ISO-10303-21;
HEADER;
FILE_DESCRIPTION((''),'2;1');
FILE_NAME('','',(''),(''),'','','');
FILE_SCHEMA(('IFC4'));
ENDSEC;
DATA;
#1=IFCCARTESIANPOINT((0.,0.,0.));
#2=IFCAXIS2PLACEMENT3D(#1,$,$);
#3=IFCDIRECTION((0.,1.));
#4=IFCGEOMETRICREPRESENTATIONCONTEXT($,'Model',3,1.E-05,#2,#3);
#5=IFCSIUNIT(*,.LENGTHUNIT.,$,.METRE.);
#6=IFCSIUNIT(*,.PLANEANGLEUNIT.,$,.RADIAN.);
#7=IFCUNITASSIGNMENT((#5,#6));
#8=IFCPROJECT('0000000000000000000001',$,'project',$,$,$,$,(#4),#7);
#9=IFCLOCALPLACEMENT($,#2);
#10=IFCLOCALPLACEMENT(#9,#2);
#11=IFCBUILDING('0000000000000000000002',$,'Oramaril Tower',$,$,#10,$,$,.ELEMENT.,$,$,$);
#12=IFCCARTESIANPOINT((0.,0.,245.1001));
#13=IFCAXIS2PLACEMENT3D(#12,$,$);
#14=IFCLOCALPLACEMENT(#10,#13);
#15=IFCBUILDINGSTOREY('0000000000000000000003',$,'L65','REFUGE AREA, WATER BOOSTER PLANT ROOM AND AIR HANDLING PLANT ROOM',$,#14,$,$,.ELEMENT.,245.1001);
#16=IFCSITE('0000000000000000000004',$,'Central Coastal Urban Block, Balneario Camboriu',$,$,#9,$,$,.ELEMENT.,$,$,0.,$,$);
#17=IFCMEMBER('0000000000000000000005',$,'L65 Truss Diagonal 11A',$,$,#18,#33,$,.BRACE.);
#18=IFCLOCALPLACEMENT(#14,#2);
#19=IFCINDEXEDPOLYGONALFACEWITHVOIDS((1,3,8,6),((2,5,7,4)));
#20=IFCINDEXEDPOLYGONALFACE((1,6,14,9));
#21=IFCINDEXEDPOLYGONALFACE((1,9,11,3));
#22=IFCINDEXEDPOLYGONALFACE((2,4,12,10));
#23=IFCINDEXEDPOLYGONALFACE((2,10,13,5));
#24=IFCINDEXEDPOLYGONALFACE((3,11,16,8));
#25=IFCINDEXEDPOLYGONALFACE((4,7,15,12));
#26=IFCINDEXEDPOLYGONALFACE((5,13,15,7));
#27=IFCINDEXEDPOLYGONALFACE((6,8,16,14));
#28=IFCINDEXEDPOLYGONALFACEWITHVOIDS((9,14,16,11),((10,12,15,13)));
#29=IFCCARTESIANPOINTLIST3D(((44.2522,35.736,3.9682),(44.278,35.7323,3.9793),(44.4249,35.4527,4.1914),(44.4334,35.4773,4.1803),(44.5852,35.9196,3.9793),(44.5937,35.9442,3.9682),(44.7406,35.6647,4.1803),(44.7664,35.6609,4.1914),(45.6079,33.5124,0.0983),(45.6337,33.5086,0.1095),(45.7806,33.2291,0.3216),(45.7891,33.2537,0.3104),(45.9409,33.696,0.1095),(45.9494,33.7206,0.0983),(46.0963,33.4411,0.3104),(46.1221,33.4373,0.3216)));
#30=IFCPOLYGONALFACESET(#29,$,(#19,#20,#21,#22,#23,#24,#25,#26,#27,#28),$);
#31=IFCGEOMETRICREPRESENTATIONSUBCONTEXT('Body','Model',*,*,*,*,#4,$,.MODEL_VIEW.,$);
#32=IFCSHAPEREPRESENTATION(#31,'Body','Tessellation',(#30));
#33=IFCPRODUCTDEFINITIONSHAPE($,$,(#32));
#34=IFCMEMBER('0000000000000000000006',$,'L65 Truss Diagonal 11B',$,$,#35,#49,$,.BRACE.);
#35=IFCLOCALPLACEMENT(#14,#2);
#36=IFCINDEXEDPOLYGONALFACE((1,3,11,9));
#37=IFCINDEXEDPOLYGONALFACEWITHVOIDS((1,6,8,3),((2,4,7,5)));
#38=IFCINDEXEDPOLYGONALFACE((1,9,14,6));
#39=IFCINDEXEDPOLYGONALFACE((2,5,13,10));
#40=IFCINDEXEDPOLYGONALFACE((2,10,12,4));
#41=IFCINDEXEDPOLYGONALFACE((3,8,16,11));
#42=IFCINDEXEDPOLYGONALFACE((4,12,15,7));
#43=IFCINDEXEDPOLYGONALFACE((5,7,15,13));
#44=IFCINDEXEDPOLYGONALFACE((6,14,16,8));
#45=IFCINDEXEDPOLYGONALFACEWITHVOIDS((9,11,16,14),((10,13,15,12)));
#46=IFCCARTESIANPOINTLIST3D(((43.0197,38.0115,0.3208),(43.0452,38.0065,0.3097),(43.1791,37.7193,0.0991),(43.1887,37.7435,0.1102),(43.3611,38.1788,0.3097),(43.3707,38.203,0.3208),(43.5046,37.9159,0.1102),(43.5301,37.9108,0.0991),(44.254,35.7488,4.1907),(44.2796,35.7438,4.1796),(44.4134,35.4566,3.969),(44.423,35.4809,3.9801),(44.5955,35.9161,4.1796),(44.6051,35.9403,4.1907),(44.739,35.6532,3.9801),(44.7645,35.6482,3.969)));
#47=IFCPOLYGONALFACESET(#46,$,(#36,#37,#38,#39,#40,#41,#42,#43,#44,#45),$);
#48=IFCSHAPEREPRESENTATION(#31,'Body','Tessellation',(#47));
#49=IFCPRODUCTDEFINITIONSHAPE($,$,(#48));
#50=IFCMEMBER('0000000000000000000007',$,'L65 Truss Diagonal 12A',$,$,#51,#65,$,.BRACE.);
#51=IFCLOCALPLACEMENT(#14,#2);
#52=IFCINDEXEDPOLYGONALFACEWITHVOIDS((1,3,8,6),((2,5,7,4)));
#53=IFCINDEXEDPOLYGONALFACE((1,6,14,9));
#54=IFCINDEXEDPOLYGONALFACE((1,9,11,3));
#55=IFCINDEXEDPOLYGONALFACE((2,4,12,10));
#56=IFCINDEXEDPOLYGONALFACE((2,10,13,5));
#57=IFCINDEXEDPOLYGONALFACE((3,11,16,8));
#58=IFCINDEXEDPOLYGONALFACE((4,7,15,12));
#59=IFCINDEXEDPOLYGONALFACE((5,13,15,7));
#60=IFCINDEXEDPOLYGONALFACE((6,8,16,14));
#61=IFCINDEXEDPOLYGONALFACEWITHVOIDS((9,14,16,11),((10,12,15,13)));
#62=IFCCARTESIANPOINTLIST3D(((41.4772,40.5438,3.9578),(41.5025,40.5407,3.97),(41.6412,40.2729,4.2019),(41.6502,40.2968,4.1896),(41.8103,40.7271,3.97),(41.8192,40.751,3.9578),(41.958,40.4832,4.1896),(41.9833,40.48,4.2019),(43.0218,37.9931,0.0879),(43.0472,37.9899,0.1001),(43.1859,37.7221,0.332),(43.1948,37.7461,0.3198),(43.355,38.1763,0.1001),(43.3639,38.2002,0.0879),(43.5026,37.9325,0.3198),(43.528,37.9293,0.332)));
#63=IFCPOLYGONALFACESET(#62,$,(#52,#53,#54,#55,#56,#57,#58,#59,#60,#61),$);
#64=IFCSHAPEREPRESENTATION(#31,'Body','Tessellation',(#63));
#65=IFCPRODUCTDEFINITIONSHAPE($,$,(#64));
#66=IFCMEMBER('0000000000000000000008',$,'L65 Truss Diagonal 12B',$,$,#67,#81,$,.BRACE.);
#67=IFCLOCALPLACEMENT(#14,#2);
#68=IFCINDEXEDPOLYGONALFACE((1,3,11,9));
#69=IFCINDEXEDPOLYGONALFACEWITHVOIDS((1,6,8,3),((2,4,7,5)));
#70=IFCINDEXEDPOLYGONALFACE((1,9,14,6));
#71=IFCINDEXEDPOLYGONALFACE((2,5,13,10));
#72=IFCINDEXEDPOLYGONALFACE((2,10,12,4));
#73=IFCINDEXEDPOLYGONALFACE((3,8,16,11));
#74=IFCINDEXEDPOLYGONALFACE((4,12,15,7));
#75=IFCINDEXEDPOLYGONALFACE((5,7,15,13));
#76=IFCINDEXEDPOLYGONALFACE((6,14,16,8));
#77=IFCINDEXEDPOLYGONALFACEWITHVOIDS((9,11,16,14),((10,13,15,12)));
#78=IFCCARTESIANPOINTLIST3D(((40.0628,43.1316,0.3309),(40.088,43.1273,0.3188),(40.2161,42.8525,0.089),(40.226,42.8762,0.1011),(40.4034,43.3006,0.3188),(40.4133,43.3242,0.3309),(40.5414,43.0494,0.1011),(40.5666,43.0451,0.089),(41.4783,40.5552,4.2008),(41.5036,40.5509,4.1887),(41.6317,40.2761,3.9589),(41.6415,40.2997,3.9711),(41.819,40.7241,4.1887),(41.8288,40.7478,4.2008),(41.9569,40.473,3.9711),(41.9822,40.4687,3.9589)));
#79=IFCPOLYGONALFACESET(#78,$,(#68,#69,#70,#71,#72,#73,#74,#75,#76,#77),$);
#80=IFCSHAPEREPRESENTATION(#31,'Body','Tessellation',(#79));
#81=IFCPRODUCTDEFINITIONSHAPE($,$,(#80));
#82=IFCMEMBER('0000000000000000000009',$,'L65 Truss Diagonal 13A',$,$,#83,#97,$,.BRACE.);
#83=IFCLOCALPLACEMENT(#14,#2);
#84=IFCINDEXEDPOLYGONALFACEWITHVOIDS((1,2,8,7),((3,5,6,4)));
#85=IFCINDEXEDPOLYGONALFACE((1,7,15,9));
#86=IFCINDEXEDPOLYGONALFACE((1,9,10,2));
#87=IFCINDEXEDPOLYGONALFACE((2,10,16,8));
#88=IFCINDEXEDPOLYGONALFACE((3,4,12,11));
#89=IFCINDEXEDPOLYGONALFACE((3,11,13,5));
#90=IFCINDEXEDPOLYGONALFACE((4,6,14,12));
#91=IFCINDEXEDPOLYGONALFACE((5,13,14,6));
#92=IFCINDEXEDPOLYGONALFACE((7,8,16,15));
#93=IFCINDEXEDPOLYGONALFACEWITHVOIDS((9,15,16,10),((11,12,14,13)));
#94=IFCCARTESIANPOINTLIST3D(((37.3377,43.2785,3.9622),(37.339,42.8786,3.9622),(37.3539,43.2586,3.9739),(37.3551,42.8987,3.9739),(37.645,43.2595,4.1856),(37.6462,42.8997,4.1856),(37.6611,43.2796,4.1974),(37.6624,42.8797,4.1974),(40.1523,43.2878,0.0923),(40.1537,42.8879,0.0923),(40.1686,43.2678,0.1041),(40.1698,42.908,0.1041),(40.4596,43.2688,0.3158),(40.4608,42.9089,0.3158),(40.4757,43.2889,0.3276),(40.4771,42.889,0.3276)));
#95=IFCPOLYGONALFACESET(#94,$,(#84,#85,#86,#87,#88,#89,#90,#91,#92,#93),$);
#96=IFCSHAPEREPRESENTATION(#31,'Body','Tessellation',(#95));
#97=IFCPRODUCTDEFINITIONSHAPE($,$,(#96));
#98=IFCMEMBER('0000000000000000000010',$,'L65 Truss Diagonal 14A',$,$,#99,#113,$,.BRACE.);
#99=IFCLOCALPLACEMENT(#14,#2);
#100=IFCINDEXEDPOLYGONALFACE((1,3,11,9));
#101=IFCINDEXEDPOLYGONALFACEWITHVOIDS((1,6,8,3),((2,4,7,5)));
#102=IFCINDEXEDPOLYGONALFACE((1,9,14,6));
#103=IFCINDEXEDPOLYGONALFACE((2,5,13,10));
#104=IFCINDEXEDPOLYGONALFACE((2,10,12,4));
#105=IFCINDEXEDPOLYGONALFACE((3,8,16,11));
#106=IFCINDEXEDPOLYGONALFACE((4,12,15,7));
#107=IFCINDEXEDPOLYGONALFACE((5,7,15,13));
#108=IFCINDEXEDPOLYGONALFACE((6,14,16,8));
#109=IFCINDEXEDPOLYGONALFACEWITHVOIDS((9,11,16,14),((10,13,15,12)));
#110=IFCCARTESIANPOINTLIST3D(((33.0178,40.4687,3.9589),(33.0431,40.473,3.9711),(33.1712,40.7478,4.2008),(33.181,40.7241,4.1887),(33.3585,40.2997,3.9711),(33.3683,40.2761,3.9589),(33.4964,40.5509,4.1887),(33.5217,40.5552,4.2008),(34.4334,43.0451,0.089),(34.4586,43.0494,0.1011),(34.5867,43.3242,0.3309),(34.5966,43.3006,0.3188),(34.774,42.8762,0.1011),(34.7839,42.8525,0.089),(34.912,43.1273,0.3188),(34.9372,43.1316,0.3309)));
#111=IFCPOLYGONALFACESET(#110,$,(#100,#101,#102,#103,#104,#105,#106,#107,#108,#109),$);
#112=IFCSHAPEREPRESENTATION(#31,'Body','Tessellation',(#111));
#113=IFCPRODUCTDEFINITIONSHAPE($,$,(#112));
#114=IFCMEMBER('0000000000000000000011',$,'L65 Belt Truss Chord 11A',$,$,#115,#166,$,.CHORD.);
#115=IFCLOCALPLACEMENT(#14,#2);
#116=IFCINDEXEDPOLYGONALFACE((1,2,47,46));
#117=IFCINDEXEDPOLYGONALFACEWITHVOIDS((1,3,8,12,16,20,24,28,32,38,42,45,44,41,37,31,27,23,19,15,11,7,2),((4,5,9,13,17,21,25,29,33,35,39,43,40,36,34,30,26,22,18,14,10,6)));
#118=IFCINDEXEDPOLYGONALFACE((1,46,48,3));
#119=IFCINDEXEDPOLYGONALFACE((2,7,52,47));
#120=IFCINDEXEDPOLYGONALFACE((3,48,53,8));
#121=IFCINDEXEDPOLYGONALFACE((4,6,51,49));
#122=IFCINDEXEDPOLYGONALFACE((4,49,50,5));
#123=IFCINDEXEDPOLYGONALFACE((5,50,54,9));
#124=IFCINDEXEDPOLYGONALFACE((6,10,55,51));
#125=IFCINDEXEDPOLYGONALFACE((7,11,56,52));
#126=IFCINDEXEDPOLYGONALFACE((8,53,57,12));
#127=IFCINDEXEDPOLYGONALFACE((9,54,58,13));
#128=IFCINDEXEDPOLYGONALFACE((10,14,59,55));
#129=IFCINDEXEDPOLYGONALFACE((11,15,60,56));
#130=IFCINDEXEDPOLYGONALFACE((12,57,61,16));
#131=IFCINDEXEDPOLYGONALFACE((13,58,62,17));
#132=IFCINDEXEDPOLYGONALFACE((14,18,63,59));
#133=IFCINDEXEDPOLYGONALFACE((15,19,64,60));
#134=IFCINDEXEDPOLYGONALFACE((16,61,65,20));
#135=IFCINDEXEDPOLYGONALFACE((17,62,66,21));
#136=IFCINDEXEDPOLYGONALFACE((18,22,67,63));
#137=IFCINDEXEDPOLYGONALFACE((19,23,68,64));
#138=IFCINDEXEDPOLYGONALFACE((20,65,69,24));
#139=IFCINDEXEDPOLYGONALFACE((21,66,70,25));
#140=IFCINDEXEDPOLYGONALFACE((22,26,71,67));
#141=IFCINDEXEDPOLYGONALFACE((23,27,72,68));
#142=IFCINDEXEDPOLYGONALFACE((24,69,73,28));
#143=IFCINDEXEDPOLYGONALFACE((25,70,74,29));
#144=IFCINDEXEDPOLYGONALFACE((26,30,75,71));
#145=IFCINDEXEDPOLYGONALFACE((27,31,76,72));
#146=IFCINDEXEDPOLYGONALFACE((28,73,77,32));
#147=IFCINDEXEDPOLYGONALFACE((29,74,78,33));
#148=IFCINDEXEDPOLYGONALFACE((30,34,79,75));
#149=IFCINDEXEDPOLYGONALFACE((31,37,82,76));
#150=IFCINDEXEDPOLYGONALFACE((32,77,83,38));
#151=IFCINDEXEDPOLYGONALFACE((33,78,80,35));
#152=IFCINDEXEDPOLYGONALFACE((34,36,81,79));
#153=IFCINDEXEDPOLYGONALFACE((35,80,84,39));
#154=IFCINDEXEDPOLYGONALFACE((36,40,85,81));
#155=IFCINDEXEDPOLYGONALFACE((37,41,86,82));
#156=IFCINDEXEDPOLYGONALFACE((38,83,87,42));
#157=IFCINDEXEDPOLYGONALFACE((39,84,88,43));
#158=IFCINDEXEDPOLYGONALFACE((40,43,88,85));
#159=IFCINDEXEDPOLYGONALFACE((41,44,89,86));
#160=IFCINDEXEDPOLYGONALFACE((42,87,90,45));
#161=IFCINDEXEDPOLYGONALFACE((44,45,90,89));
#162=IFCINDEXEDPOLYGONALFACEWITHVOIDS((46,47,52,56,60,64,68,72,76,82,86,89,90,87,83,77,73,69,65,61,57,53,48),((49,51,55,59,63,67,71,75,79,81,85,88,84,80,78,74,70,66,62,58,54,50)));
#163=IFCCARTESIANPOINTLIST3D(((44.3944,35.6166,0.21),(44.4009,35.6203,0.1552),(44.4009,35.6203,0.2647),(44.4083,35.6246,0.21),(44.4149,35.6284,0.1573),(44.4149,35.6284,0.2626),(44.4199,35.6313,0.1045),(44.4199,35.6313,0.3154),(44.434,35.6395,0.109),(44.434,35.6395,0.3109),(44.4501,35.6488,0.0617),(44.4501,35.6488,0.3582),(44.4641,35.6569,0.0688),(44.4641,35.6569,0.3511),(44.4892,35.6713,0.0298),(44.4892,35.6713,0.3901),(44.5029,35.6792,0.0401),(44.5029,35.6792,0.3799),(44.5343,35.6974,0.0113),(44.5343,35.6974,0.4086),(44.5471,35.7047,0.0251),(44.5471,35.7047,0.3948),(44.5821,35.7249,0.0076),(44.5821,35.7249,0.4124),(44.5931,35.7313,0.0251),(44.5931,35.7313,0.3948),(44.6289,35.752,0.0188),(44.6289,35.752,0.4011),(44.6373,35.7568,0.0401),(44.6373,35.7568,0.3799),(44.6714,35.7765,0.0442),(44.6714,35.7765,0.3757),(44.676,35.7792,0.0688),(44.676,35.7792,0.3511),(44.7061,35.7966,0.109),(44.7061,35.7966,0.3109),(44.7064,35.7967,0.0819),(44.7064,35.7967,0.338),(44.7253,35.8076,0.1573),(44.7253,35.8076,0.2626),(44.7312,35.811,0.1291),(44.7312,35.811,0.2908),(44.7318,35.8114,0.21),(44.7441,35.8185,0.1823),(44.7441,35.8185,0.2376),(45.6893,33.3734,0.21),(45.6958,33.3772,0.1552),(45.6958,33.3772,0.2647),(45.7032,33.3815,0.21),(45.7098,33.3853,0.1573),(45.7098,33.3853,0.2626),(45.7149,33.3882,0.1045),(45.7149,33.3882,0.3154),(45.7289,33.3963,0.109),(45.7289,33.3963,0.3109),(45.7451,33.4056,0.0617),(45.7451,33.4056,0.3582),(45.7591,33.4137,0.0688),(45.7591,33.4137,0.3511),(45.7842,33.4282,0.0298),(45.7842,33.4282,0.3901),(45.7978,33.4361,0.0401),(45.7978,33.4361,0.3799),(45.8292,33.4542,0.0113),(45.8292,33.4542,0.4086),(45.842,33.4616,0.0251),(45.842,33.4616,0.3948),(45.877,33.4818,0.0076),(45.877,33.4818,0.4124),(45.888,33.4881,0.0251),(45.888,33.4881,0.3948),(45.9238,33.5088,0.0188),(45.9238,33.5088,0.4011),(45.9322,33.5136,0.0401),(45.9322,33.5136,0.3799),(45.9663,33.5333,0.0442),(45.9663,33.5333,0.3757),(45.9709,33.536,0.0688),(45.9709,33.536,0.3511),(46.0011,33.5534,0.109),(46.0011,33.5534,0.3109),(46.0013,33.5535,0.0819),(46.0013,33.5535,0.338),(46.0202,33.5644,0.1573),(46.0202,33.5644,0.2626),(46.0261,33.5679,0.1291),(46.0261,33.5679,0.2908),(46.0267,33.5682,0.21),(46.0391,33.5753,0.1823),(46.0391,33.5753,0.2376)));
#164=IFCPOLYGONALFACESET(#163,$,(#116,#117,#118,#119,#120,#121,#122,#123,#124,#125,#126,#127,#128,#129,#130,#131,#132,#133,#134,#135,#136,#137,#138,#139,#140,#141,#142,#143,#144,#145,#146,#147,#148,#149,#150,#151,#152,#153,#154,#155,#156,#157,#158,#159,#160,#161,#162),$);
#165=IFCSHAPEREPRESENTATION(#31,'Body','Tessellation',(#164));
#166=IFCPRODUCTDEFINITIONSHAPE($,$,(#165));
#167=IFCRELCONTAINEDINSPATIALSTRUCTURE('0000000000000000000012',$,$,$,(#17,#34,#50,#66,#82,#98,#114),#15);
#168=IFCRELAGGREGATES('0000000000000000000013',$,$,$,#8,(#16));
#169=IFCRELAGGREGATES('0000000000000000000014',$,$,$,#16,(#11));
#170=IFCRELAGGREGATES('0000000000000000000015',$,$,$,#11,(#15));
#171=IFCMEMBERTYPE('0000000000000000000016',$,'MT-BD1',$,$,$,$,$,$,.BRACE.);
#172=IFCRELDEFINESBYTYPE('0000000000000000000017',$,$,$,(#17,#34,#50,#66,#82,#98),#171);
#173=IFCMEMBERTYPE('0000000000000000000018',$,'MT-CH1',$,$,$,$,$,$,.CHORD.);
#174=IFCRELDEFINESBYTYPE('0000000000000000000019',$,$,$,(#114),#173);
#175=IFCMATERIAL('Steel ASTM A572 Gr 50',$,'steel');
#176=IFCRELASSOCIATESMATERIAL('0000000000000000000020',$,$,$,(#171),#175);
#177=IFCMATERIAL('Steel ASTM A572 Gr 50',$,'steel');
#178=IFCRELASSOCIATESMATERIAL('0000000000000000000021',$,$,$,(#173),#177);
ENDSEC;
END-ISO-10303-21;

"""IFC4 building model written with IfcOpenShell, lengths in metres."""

from ifc_helpers import new_model, si_unit, direction, frame, origin, origin_2d, place, context, subcontext, project, spatial, hollow_rectangle, hollow_circle, extrude, material, material_profile, profile_set, type_object, element, save


model = new_model("IFC4")

# Units and contexts
model_context = context("Model", 3, precision=1e-05, world=origin(), true_north=direction((0.0, 1.0)))
body_context = subcontext(model_context, "Body", "Model", "MODEL_VIEW")
ifc_project = project(units=[si_unit("LENGTHUNIT", "METRE"), si_unit("PLANEANGLEUNIT", "RADIAN")], contexts=[model_context])

# Site, building, storey
site_placement = place(None, origin())
site = spatial("IfcSite", under=ifc_project, at=site_placement, Name="Central Coastal Urban Block, Balneario Camboriu", CompositionType="ELEMENT", RefElevation=0.0)
building_placement = place(site_placement, origin())
building = spatial("IfcBuilding", under=site, at=building_placement, Name="Oramaril Tower", CompositionType="ELEMENT")
storey_placement = place(building_placement, frame((0.0, 0.0, 245.1001)))
storey = spatial("IfcBuildingStorey", under=building, at=storey_placement, Name="L65", Description="REFUGE AREA, WATER BOOSTER PLANT ROOM AND AIR HANDLING PLANT ROOM", CompositionType="ELEMENT", Elevation=245.1001)

# Members
ifc_material_1 = material(Name="Steel ASTM A572 Gr 50", Category="steel")
ifc_material_profile_1 = material_profile(ifc_material_1, hollow_rectangle(XDim=0.3999, YDim=0.3999, WallThickness=0.02, at=origin_2d()), Name="HSS400X400X20")
ifc_profile_set_1 = profile_set([ifc_material_profile_1], Name="Steel ASTM A572 Gr 50")
member_type_1 = type_object("IfcMemberType", Name="MT-BD1", PredefinedType="BRACE", material=ifc_profile_set_1)
member_1_placement = place(storey_placement, frame((45.865, 33.4749, 0.21), z_axis=(-0.290639, 0.476705, 0.829627), x_axis=(-0.853824, -0.520562, 0.0)))
element("IfcMember", 1, at=member_1_placement, inside=storey, type_object=member_type_1, Name="L65 Truss Diagonal 11A", PredefinedType="BRACE", context=body_context, shape_type="SweptSolid", body=[
    extrude(hollow_rectangle(XDim=0.3999, YDim=0.3999, WallThickness=0.02, at=origin_2d()), origin(), (0.0, 0.0, 1.0), 4.6646),
])
member_2_placement = place(storey_placement, frame((43.2749, 37.9612, 0.21), z_axis=(0.265476, -0.486636, 0.832291), x_axis=(0.877867, 0.478905, 0.0)))
element("IfcMember", 2, at=member_2_placement, inside=storey, type_object=member_type_1, Name="L65 Truss Diagonal 11B", PredefinedType="BRACE", context=body_context, shape_type="SweptSolid", body=[
    extrude(hollow_rectangle(XDim=0.3999, YDim=0.3999, WallThickness=0.02, at=origin_2d()), origin(), (0.0, 0.0, 1.0), 4.6497),
])
member_3_placement = place(storey_placement, frame((43.2749, 37.9612, 0.21), z_axis=(-0.316174, 0.522109, 0.792109), x_axis=(-0.855384, -0.517995, 0.0)))
element("IfcMember", 3, at=member_3_placement, inside=storey, type_object=member_type_1, Name="L65 Truss Diagonal 12A", PredefinedType="BRACE", context=body_context, shape_type="SweptSolid", body=[
    extrude(hollow_rectangle(XDim=0.3999, YDim=0.3999, WallThickness=0.02, at=origin_2d()), origin(), (0.0, 0.0, 1.0), 4.8855),
])
member_4_placement = place(storey_placement, frame((40.3147, 43.0884, 0.21), z_axis=(0.291273, -0.53015, 0.796305), x_axis=(0.876431, 0.481527, 0.0)))
element("IfcMember", 4, at=member_4_placement, inside=storey, type_object=member_type_1, Name="L65 Truss Diagonal 12B", PredefinedType="BRACE", context=body_context, shape_type="SweptSolid", body=[
    extrude(hollow_rectangle(XDim=0.3999, YDim=0.3999, WallThickness=0.02, at=origin_2d()), origin(), (0.0, 0.0, 1.0), 4.8599),
])
member_5_placement = place(storey_placement, frame((40.3147, 43.0884, 0.21), z_axis=(-0.588204, -0.001939, 0.80871), x_axis=(0.003296, -0.999995, 0.0)))
element("IfcMember", 5, at=member_5_placement, inside=storey, type_object=member_type_1, Name="L65 Truss Diagonal 13A", PredefinedType="BRACE", context=body_context, shape_type="SweptSolid", body=[
    extrude(hollow_rectangle(XDim=0.3999, YDim=0.3999, WallThickness=0.02, at=origin_2d()), origin(), (0.0, 0.0, 1.0), 4.7852),
])
member_6_placement = place(storey_placement, frame((34.6853, 43.0884, 0.21), z_axis=(-0.291273, -0.53015, 0.796305), x_axis=(0.876431, -0.481527, 0.0)))
element("IfcMember", 6, at=member_6_placement, inside=storey, type_object=member_type_1, Name="L65 Truss Diagonal 14A", PredefinedType="BRACE", context=body_context, shape_type="SweptSolid", body=[
    extrude(hollow_rectangle(XDim=0.3999, YDim=0.3999, WallThickness=0.02, at=origin_2d()), origin(), (0.0, 0.0, 1.0), 4.8599),
])
ifc_material_2 = material(Name="Steel ASTM A572 Gr 50", Category="steel")
ifc_material_profile_2 = material_profile(ifc_material_2, hollow_circle(Radius=0.2029, WallThickness=0.0161, at=origin_2d()), Name="CHS406X16")
ifc_profile_set_2 = profile_set([ifc_material_profile_2], Name="Steel ASTM A572 Gr 50")
member_type_2 = type_object("IfcMemberType", Name="MT-CH1", PredefinedType="CHORD", material=ifc_profile_set_2)
member_7_placement = place(storey_placement, frame((45.865, 33.4749, 0.21), z_axis=(-0.499951, 0.866054, 0.0), x_axis=(-0.866054, -0.499951, 0.0)))
element("IfcMember", 7, at=member_7_placement, inside=storey, type_object=member_type_2, Name="L65 Belt Truss Chord 11A", PredefinedType="CHORD", context=body_context, shape_type="SweptSolid", body=[
    extrude(hollow_circle(Radius=0.2029, WallThickness=0.0161, at=origin_2d()), origin(), (0.0, 0.0, 1.0), 2.5901),
])

save(model, "model.ifc")
